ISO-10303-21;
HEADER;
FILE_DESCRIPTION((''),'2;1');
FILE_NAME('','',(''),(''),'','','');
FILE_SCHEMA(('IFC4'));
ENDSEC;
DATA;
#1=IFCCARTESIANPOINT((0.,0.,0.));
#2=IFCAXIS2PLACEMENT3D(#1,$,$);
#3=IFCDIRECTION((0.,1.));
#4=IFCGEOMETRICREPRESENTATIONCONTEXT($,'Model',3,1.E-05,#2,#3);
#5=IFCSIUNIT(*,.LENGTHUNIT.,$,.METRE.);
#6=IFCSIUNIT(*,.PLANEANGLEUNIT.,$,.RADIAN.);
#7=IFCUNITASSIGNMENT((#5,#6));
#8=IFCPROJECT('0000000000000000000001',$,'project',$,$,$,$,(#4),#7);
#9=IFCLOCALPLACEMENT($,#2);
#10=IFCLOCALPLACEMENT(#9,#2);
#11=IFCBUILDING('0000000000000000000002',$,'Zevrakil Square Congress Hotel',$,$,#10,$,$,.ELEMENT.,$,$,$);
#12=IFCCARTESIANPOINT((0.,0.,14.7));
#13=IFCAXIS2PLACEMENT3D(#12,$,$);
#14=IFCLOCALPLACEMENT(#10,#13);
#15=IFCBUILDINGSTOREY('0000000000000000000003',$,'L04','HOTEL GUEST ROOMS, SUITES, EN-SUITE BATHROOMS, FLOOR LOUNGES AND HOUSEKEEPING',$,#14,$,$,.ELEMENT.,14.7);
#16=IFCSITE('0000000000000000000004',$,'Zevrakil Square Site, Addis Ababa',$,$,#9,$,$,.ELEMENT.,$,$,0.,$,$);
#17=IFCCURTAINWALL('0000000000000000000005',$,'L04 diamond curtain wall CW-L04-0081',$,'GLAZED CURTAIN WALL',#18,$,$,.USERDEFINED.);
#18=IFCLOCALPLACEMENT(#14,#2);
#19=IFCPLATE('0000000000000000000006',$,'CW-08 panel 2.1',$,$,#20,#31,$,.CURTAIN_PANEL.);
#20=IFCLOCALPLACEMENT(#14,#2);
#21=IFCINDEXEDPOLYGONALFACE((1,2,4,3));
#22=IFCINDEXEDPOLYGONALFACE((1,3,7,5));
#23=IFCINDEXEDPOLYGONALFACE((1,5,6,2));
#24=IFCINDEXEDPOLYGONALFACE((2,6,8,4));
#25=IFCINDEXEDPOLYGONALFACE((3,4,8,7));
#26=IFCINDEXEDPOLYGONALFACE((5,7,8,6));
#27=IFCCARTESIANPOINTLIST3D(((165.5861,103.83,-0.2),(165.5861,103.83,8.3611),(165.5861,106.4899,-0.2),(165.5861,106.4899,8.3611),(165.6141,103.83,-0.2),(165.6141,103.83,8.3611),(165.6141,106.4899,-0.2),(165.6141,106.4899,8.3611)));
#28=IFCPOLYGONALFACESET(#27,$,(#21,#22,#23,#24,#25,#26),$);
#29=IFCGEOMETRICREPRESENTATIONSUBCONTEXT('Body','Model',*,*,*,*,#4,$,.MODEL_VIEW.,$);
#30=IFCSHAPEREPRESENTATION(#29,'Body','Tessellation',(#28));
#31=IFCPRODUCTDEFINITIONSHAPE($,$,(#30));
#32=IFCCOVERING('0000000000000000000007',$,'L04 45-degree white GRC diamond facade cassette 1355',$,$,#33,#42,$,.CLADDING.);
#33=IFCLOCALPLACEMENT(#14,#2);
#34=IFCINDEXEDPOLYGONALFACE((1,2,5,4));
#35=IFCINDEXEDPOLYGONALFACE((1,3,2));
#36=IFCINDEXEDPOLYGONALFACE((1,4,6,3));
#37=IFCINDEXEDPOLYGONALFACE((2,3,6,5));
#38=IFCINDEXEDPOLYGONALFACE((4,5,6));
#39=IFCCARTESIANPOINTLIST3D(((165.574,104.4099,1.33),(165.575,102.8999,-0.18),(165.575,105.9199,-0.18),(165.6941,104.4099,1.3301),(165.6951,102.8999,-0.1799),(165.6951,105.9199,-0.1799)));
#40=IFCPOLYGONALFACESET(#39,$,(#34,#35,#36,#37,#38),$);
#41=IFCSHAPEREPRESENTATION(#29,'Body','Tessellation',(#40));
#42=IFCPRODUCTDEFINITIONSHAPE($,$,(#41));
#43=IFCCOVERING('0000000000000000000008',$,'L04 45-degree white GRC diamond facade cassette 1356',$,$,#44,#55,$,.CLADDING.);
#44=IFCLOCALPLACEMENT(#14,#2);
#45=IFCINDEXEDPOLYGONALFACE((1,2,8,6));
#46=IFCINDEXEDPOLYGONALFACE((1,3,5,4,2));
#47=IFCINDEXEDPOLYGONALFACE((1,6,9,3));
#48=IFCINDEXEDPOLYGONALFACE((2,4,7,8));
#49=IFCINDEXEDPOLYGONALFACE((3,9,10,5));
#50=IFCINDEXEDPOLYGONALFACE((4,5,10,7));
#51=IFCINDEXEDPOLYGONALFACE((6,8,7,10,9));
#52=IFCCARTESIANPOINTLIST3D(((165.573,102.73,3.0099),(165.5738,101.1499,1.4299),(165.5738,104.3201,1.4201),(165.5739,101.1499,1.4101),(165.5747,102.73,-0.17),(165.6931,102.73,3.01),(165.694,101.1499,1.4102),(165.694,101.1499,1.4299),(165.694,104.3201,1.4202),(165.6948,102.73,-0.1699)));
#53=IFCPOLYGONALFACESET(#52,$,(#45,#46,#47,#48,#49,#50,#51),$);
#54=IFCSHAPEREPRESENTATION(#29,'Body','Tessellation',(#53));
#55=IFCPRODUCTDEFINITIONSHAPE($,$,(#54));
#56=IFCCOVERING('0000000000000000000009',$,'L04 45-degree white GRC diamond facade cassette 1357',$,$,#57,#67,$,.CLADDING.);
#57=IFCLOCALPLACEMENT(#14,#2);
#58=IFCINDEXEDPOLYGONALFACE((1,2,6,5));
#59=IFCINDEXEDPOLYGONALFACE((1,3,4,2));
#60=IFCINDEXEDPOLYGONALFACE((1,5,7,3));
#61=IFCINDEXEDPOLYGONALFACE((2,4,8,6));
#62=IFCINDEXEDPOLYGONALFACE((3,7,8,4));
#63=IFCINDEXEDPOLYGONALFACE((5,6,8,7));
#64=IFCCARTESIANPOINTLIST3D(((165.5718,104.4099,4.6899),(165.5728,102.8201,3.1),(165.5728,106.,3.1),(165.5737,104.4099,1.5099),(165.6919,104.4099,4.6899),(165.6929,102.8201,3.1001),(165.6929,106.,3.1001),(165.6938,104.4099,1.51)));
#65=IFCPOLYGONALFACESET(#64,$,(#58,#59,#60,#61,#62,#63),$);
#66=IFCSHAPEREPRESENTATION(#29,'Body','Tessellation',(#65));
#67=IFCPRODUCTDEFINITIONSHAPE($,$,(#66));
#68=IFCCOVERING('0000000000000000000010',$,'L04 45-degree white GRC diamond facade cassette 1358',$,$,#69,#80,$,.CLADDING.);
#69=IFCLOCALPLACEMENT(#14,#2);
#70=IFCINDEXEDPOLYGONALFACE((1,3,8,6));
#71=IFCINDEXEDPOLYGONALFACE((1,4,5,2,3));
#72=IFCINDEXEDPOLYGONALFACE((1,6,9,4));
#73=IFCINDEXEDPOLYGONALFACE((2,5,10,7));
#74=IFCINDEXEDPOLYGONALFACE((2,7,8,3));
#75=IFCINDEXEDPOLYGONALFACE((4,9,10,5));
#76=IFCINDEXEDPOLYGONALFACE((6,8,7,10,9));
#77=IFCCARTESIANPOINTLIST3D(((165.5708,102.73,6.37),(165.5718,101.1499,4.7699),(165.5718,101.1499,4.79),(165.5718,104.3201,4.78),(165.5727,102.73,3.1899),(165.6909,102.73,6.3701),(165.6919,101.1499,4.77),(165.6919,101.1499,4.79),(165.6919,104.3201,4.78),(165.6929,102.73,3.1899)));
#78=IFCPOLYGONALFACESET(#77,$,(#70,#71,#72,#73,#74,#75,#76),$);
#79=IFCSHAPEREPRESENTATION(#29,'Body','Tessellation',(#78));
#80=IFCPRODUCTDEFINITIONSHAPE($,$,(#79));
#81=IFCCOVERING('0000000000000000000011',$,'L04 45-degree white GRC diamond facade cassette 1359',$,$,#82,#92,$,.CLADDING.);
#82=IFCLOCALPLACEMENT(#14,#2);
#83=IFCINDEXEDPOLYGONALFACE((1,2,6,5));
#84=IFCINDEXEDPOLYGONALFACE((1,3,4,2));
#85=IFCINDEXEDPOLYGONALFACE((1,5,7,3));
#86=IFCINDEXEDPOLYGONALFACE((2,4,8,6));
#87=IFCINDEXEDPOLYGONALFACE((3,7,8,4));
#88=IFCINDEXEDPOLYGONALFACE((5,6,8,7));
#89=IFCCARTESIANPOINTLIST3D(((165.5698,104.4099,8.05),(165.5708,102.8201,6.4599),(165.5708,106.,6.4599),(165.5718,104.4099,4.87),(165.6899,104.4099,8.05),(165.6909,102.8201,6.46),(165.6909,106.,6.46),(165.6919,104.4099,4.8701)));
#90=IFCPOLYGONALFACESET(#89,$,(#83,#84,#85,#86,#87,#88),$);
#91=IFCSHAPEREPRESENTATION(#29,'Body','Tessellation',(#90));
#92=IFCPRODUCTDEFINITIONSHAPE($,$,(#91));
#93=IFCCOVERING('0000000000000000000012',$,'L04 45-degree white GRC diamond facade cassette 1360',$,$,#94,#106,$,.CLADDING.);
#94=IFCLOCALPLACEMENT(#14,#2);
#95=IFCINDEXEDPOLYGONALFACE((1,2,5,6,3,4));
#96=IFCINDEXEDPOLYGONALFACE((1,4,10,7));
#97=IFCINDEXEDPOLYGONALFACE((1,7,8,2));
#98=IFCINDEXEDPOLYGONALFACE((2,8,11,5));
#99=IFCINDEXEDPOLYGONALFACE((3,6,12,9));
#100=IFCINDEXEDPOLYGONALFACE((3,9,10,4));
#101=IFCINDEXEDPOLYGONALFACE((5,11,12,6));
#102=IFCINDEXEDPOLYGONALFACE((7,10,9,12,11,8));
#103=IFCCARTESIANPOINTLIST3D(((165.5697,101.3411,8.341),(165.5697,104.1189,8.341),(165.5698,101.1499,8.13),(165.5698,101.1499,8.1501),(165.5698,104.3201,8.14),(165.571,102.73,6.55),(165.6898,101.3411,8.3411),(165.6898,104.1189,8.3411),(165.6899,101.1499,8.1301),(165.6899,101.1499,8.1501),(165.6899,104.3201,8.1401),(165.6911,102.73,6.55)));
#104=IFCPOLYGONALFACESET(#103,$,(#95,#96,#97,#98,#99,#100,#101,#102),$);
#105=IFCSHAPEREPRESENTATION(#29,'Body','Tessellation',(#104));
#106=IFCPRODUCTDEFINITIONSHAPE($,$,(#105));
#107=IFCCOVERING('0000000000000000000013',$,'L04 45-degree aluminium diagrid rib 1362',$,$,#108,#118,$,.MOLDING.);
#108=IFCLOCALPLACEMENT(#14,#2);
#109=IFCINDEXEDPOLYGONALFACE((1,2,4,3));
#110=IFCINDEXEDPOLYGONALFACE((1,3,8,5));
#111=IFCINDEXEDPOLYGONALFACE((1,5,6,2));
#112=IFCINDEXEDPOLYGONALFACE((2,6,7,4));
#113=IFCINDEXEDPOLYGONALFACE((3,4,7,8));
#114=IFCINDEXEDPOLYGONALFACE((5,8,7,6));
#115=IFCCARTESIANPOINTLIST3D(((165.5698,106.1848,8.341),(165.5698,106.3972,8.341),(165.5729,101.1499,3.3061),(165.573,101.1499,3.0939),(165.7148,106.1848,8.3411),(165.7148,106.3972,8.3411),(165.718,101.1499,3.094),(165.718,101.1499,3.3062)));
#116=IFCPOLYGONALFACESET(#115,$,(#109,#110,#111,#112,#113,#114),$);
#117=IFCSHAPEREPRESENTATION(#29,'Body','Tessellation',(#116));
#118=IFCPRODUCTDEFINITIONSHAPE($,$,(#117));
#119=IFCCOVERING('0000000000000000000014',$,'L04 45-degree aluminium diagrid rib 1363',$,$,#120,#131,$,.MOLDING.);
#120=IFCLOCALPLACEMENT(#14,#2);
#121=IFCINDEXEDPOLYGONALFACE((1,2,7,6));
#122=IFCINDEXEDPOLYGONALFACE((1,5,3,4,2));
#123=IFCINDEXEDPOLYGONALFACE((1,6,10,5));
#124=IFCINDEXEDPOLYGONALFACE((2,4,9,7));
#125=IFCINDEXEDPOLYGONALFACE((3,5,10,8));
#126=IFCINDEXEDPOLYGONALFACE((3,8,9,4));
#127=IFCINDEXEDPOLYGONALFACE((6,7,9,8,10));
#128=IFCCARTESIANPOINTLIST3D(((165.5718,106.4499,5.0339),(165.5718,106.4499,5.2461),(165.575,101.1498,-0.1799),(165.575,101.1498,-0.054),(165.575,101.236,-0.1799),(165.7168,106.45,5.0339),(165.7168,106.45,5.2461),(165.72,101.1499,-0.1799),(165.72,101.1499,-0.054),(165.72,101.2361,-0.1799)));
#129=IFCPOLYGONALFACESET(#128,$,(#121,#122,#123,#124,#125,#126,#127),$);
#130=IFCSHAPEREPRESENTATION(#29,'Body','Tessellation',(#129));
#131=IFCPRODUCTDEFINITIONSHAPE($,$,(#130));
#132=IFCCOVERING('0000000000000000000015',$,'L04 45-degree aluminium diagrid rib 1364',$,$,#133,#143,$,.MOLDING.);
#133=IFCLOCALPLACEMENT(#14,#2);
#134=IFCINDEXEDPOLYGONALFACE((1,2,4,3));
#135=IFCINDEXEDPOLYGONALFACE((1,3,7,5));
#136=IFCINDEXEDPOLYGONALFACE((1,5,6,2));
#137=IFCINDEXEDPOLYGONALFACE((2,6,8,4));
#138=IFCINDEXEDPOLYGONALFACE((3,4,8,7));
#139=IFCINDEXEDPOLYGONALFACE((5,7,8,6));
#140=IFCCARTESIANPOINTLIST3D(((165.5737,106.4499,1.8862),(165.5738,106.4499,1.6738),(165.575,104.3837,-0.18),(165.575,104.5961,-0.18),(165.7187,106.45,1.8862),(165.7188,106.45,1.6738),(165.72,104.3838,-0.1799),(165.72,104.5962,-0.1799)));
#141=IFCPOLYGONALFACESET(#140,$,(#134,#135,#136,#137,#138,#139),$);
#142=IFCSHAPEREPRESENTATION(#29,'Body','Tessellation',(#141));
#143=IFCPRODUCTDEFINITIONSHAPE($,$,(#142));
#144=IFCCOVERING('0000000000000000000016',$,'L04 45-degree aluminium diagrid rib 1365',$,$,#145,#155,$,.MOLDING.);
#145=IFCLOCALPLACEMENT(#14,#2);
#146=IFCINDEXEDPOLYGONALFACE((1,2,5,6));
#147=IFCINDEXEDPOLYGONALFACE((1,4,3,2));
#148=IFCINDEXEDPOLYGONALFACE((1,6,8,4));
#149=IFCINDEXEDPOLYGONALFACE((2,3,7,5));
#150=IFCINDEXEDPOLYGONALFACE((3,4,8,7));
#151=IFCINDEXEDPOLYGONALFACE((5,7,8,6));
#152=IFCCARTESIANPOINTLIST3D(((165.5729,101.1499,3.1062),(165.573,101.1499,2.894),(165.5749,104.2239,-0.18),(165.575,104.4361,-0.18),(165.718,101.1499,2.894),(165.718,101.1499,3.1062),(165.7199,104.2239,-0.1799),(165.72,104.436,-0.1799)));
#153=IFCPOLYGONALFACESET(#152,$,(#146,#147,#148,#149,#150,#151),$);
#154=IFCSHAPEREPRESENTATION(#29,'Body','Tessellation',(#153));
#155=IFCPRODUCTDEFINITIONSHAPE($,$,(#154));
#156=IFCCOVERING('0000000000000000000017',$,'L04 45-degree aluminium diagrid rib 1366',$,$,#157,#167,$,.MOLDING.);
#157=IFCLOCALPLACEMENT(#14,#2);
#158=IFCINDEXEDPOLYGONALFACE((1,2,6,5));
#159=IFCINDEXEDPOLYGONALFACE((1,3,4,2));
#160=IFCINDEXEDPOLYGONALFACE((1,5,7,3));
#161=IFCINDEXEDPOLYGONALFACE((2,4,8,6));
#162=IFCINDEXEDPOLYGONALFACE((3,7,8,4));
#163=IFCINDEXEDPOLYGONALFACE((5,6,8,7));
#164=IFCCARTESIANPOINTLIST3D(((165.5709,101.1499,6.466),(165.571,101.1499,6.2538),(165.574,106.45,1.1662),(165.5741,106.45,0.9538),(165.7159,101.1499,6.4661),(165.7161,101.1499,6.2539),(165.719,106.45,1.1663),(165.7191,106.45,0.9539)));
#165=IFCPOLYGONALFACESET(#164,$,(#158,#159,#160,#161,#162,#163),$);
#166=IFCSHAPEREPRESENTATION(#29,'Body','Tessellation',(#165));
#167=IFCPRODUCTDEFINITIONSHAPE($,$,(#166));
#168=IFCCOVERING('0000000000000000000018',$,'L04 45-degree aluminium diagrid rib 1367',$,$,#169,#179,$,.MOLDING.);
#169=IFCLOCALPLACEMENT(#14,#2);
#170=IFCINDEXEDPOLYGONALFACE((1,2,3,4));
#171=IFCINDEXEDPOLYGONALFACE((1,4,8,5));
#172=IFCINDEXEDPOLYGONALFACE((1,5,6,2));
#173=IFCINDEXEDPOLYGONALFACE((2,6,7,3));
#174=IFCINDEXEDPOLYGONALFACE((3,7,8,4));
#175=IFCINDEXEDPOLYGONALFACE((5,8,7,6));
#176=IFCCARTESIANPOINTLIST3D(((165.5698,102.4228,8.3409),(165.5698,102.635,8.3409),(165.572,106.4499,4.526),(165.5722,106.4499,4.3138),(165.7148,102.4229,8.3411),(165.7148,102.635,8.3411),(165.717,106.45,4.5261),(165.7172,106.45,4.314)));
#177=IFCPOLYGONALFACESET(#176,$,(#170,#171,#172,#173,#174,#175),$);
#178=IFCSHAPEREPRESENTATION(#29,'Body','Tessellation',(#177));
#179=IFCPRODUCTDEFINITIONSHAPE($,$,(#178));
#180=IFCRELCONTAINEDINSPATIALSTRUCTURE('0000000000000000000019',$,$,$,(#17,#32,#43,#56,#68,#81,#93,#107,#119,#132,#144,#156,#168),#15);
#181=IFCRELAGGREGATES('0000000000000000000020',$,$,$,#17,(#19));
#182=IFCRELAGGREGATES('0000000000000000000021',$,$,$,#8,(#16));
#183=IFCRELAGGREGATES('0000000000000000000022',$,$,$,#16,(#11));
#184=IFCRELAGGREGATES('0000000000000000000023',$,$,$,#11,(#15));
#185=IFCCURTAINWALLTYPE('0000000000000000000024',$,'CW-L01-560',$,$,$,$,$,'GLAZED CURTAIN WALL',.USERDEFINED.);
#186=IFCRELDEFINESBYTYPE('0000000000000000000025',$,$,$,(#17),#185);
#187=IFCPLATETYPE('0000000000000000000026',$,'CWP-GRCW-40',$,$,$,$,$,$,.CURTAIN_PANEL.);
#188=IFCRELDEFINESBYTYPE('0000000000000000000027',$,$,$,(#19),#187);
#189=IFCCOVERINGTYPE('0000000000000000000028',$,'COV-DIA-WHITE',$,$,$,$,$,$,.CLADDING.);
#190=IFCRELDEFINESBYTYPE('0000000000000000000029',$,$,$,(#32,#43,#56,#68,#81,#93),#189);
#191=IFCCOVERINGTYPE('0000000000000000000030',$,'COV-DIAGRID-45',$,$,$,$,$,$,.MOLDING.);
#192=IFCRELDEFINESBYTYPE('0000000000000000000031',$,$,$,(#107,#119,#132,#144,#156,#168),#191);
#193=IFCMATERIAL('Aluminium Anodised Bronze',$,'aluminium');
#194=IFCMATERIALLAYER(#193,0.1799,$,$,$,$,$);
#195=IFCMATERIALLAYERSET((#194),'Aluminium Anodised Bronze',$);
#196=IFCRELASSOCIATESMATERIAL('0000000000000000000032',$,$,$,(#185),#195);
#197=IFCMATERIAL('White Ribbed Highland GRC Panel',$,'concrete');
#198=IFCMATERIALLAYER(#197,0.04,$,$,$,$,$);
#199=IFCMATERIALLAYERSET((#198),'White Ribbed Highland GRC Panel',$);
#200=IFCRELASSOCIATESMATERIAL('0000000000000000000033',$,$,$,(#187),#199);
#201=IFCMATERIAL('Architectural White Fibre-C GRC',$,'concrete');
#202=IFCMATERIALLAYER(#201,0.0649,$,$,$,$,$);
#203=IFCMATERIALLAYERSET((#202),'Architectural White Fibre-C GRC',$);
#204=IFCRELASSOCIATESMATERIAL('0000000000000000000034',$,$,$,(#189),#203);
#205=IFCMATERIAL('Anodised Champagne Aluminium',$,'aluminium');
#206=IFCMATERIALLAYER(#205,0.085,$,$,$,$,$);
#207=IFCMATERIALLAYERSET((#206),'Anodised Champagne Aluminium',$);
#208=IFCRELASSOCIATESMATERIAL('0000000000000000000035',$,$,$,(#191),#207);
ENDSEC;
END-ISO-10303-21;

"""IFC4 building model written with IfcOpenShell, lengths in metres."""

from ifc_helpers import new_model, si_unit, direction, frame, origin, origin_2d, place, context, subcontext, project, spatial, polyline, rectangle, outline, extrude, material, layer, layer_set, type_object, element, aggregate, save


model = new_model("IFC4")

# Units and contexts
model_context = context("Model", 3, precision=1e-05, world=origin(), true_north=direction((0.0, 1.0)))
body_context = subcontext(model_context, "Body", "Model", "MODEL_VIEW")
ifc_project = project(units=[si_unit("LENGTHUNIT", "METRE"), si_unit("PLANEANGLEUNIT", "RADIAN")], contexts=[model_context])

# Site, building, storey
site_placement = place(None, origin())
site = spatial("IfcSite", under=ifc_project, at=site_placement, Name="Zevrakil Square Site, Addis Ababa", CompositionType="ELEMENT", RefElevation=0.0)
building_placement = place(site_placement, origin())
building = spatial("IfcBuilding", under=site, at=building_placement, Name="Zevrakil Square Congress Hotel", CompositionType="ELEMENT")
storey_placement = place(building_placement, frame((0.0, 0.0, 14.7)))
storey = spatial("IfcBuildingStorey", under=building, at=storey_placement, Name="L04", Description="HOTEL GUEST ROOMS, SUITES, EN-SUITE BATHROOMS, FLOOR LOUNGES AND HOUSEKEEPING", CompositionType="ELEMENT", Elevation=14.7)

# Curtain wall
ifc_material_1 = material(Name="Aluminium Anodised Bronze", Category="aluminium")
ifc_layer_1 = layer(ifc_material_1, 0.1799)
ifc_layer_set_1 = layer_set([ifc_layer_1], Name="Aluminium Anodised Bronze")
curtain_wall_type = type_object("IfcCurtainWallType", Name="CW-L01-560", ElementType="GLAZED CURTAIN WALL", PredefinedType="USERDEFINED", material=ifc_layer_set_1)
curtain_wall_1_placement = place(storey_placement, origin())
curtain_wall_1 = element("IfcCurtainWall", 1, at=curtain_wall_1_placement, inside=storey, type_object=curtain_wall_type, Name="L04 diamond curtain wall CW-L04-0081", ObjectType="GLAZED CURTAIN WALL", PredefinedType="USERDEFINED")

# Plate
ifc_material_2 = material(Name="White Ribbed Highland GRC Panel", Category="concrete")
ifc_layer_2 = layer(ifc_material_2, 0.04)
ifc_layer_set_2 = layer_set([ifc_layer_2], Name="White Ribbed Highland GRC Panel")
plate_type_1 = type_object("IfcPlateType", Name="CWP-GRCW-40", PredefinedType="CURTAIN_PANEL", material=ifc_layer_set_2)
plate_1_placement = place(storey_placement, frame((165.6001, 105.1599, -0.2), z_axis=(0.0, 0.0, 1.0), x_axis=(0.0, 1.0, 0.0)))
plate_1 = element("IfcPlate", 2, at=plate_1_placement, type_object=plate_type_1, Name="CW-08 panel 2.1", PredefinedType="CURTAIN_PANEL", context=body_context, shape_type="SweptSolid", body=[
    extrude(rectangle(XDim=2.6599, YDim=0.0281, at=origin_2d()), origin(), (0.0, 0.0, 1.0), 8.561),
])
aggregate(curtain_wall_1, [plate_1])

# Coverings
ifc_material_3 = material(Name="Architectural White Fibre-C GRC", Category="concrete")
ifc_layer_3 = layer(ifc_material_3, 0.0649)
ifc_layer_set_3 = layer_set([ifc_layer_3], Name="Architectural White Fibre-C GRC")
covering_type_1 = type_object("IfcCoveringType", Name="COV-DIA-WHITE", PredefinedType="CLADDING", material=ifc_layer_set_3)
covering_1_placement = place(storey_placement, frame((165.6941, 104.4099, 1.3301), z_axis=(1.0, 0.0, 0.000647), x_axis=(0.000457, 0.707107, -0.707107)))
element("IfcCovering", 3, at=covering_1_placement, inside=storey, type_object=covering_type_1, Name="L04 45-degree white GRC diamond facade cassette 1355", PredefinedType="CLADDING", context=body_context, shape_type="SweptSolid", body=[
    extrude(outline(polyline([(0.0, 0.0), (2.1355, 0.0), (0.0, -2.1355), (0.0, 0.0)])), origin(), (0.0, 0.0, -1.0), 0.1201),
])
covering_2_placement = place(storey_placement, frame((165.6931, 102.73, 3.01), z_axis=(1.0, 0.0, 0.000536), x_axis=(0.000379, 0.707161, -0.707052)))
element("IfcCovering", 4, at=covering_2_placement, inside=storey, type_object=covering_type_1, Name="L04 45-degree white GRC diamond facade cassette 1356", PredefinedType="CLADDING", context=body_context, shape_type="SweptSolid", body=[
    extrude(outline(polyline([(0.0, 0.0), (2.2486, 0.0), (2.2484, -2.2487), (0.0138, -2.2486), (-0.0002, -2.2346), (0.0, 0.0)])), origin(), (0.0, 0.0, -1.0), 0.1201),
])
covering_3_placement = place(storey_placement, frame((165.6919, 104.4099, 4.6899), z_axis=(1.0, 0.0, 0.000614), x_axis=(0.000434, 0.707161, -0.707052)))
element("IfcCovering", 5, at=covering_3_placement, inside=storey, type_object=covering_type_1, Name="L04 45-degree white GRC diamond facade cassette 1357", PredefinedType="CLADDING", context=body_context, shape_type="SweptSolid", body=[
    extrude(outline(polyline([(0.0, 0.0), (2.2486, 0.0), (2.2484, -2.2487), (-0.0002, -2.2484), (0.0, 0.0)])), origin(), (0.0, 0.0, -1.0), 0.1201),
])
covering_4_placement = place(storey_placement, frame((165.6909, 102.73, 6.3701), z_axis=(1.0, 0.0, 0.000612), x_axis=(0.000433, 0.707107, -0.707107)))
element("IfcCovering", 6, at=covering_4_placement, inside=storey, type_object=covering_type_1, Name="L04 45-degree white GRC diamond facade cassette 1358", PredefinedType="CLADDING", context=body_context, shape_type="SweptSolid", body=[
    extrude(outline(polyline([(0.0, 0.0), (2.2487, 0.0), (2.2487, -2.2487), (0.0142, -2.2487), (0.0, -2.2346), (0.0, 0.0)])), origin(), (0.0, 0.0, -1.0), 0.1201),
])
covering_5_placement = place(storey_placement, frame((165.6899, 104.4099, 8.05), z_axis=(1.0, 0.0, 0.000614), x_axis=(0.000434, 0.707107, -0.707107)))
element("IfcCovering", 7, at=covering_5_placement, inside=storey, type_object=covering_type_1, Name="L04 45-degree white GRC diamond facade cassette 1359", PredefinedType="CLADDING", context=body_context, shape_type="SweptSolid", body=[
    extrude(outline(polyline([(0.0, 0.0), (2.2487, 0.0), (2.2486, -2.2486), (0.0002, -2.2486), (0.0, 0.0)])), origin(), (0.0, 0.0, -1.0), 0.1201),
])
covering_6_placement = place(storey_placement, frame((165.6899, 104.3201, 8.1401), z_axis=(1.0, -0.000001, 0.000727), x_axis=(0.000513, -0.707107, -0.707107)))
element("IfcCovering", 8, at=covering_6_placement, inside=storey, type_object=covering_type_1, Name="L04 45-degree white GRC diamond facade cassette 1360", PredefinedType="CLADDING", context=body_context, shape_type="SweptSolid", body=[
    extrude(outline(polyline([(0.0, 0.0), (2.2487, 0.0), (2.2487, -2.2346), (2.2346, -2.2487), (1.9644, -2.2486), (0.0002, -0.2843), (0.0, 0.0)])), origin(), (0.0, 0.0, -1.0), 0.1201),
])
ifc_material_4 = material(Name="Anodised Champagne Aluminium", Category="aluminium")
ifc_layer_4 = layer(ifc_material_4, 0.085)
ifc_layer_set_4 = layer_set([ifc_layer_4], Name="Anodised Champagne Aluminium")
covering_type_2 = type_object("IfcCoveringType", Name="COV-DIAGRID-45", PredefinedType="MOLDING", material=ifc_layer_set_4)
covering_7_placement = place(storey_placement, frame((165.718, 101.1499, 3.094), z_axis=(1.0, 0.000308, 0.000309), x_axis=(-0.000309, 0.0, 1.0)))
element("IfcCovering", 9, at=covering_7_placement, inside=storey, type_object=covering_type_2, Name="L04 45-degree aluminium diagrid rib 1362", PredefinedType="MOLDING", context=body_context, shape_type="SweptSolid", body=[
    extrude(outline(polyline([(0.0, 0.0), (0.2122, 0.0), (5.2471, -5.0349), (5.2471, -5.2473), (0.0, 0.0)])), origin(), (0.0, 0.0, -1.0), 0.145),
])
covering_8_placement = place(storey_placement, frame((165.72, 101.2361, -0.1799), z_axis=(1.0, 0.000479, 0.000122), x_axis=(0.000479, -1.0, 0.0)))
element("IfcCovering", 10, at=covering_8_placement, inside=storey, type_object=covering_type_2, Name="L04 45-degree aluminium diagrid rib 1363", PredefinedType="MOLDING", context=body_context, shape_type="SweptSolid", body=[
    extrude(outline(polyline([(0.0, 0.0), (0.0862, 0.0), (0.0862, -0.126), (-5.2139, -5.426), (-5.2139, -5.2139), (0.0, 0.0)])), origin(), (0.0, 0.0, -1.0), 0.145),
])
covering_9_placement = place(storey_placement, frame((165.72, 104.5962, -0.1799), z_axis=(1.0, 0.000311, 0.000311), x_axis=(0.000311, -1.0, 0.0)))
element("IfcCovering", 11, at=covering_9_placement, inside=storey, type_object=covering_type_2, Name="L04 45-degree aluminium diagrid rib 1364", PredefinedType="MOLDING", context=body_context, shape_type="SweptSolid", body=[
    extrude(outline(polyline([(0.0, 0.0), (0.2124, 0.0), (-1.8538, -2.0662), (-1.8538, -1.8538), (0.0, 0.0)])), origin(), (0.0, 0.0, -1.0), 0.145),
])
covering_10_placement = place(storey_placement, frame((165.718, 101.1499, 2.894), z_axis=(1.0, -0.000307, 0.000307), x_axis=(-0.000307, 0.0, 1.0)))
element("IfcCovering", 12, at=covering_10_placement, inside=storey, type_object=covering_type_2, Name="L04 45-degree aluminium diagrid rib 1365", PredefinedType="MOLDING", context=body_context, shape_type="SweptSolid", body=[
    extrude(outline(polyline([(0.0, 0.0), (0.2122, 0.0), (-3.074, -3.2861), (-3.074, -3.074), (0.0, 0.0)])), origin(), (0.0, 0.0, -1.0), 0.145),
])
covering_11_placement = place(storey_placement, frame((165.7161, 101.1499, 6.2539), z_axis=(1.0, -0.000001, 0.000575), x_axis=(-0.000575, 0.0, 1.0)))
element("IfcCovering", 13, at=covering_11_placement, inside=storey, type_object=covering_type_2, Name="L04 45-degree aluminium diagrid rib 1366", PredefinedType="MOLDING", context=body_context, shape_type="SweptSolid", body=[
    extrude(outline(polyline([(0.0, 0.0), (0.2122, 0.0), (-5.0876, -5.3), (-5.3, -5.3), (0.0, 0.0)])), origin(), (0.0, 0.0, -1.0), 0.145),
])
covering_12_placement = place(storey_placement, frame((165.7148, 102.4229, 8.3411), z_axis=(1.0, 0.00028, 0.000871), x_axis=(-0.00028, 1.0, 0.0)))
element("IfcCovering", 14, at=covering_12_placement, inside=storey, type_object=covering_type_2, Name="L04 45-degree aluminium diagrid rib 1367", PredefinedType="MOLDING", context=body_context, shape_type="SweptSolid", body=[
    extrude(outline(polyline([(0.0, 0.0), (0.2122, 0.0), (4.0271, -3.8149), (4.0271, -4.0271), (0.0, 0.0)])), origin(), (0.0, 0.0, -1.0), 0.145),
])

save(model, "model.ifc")
